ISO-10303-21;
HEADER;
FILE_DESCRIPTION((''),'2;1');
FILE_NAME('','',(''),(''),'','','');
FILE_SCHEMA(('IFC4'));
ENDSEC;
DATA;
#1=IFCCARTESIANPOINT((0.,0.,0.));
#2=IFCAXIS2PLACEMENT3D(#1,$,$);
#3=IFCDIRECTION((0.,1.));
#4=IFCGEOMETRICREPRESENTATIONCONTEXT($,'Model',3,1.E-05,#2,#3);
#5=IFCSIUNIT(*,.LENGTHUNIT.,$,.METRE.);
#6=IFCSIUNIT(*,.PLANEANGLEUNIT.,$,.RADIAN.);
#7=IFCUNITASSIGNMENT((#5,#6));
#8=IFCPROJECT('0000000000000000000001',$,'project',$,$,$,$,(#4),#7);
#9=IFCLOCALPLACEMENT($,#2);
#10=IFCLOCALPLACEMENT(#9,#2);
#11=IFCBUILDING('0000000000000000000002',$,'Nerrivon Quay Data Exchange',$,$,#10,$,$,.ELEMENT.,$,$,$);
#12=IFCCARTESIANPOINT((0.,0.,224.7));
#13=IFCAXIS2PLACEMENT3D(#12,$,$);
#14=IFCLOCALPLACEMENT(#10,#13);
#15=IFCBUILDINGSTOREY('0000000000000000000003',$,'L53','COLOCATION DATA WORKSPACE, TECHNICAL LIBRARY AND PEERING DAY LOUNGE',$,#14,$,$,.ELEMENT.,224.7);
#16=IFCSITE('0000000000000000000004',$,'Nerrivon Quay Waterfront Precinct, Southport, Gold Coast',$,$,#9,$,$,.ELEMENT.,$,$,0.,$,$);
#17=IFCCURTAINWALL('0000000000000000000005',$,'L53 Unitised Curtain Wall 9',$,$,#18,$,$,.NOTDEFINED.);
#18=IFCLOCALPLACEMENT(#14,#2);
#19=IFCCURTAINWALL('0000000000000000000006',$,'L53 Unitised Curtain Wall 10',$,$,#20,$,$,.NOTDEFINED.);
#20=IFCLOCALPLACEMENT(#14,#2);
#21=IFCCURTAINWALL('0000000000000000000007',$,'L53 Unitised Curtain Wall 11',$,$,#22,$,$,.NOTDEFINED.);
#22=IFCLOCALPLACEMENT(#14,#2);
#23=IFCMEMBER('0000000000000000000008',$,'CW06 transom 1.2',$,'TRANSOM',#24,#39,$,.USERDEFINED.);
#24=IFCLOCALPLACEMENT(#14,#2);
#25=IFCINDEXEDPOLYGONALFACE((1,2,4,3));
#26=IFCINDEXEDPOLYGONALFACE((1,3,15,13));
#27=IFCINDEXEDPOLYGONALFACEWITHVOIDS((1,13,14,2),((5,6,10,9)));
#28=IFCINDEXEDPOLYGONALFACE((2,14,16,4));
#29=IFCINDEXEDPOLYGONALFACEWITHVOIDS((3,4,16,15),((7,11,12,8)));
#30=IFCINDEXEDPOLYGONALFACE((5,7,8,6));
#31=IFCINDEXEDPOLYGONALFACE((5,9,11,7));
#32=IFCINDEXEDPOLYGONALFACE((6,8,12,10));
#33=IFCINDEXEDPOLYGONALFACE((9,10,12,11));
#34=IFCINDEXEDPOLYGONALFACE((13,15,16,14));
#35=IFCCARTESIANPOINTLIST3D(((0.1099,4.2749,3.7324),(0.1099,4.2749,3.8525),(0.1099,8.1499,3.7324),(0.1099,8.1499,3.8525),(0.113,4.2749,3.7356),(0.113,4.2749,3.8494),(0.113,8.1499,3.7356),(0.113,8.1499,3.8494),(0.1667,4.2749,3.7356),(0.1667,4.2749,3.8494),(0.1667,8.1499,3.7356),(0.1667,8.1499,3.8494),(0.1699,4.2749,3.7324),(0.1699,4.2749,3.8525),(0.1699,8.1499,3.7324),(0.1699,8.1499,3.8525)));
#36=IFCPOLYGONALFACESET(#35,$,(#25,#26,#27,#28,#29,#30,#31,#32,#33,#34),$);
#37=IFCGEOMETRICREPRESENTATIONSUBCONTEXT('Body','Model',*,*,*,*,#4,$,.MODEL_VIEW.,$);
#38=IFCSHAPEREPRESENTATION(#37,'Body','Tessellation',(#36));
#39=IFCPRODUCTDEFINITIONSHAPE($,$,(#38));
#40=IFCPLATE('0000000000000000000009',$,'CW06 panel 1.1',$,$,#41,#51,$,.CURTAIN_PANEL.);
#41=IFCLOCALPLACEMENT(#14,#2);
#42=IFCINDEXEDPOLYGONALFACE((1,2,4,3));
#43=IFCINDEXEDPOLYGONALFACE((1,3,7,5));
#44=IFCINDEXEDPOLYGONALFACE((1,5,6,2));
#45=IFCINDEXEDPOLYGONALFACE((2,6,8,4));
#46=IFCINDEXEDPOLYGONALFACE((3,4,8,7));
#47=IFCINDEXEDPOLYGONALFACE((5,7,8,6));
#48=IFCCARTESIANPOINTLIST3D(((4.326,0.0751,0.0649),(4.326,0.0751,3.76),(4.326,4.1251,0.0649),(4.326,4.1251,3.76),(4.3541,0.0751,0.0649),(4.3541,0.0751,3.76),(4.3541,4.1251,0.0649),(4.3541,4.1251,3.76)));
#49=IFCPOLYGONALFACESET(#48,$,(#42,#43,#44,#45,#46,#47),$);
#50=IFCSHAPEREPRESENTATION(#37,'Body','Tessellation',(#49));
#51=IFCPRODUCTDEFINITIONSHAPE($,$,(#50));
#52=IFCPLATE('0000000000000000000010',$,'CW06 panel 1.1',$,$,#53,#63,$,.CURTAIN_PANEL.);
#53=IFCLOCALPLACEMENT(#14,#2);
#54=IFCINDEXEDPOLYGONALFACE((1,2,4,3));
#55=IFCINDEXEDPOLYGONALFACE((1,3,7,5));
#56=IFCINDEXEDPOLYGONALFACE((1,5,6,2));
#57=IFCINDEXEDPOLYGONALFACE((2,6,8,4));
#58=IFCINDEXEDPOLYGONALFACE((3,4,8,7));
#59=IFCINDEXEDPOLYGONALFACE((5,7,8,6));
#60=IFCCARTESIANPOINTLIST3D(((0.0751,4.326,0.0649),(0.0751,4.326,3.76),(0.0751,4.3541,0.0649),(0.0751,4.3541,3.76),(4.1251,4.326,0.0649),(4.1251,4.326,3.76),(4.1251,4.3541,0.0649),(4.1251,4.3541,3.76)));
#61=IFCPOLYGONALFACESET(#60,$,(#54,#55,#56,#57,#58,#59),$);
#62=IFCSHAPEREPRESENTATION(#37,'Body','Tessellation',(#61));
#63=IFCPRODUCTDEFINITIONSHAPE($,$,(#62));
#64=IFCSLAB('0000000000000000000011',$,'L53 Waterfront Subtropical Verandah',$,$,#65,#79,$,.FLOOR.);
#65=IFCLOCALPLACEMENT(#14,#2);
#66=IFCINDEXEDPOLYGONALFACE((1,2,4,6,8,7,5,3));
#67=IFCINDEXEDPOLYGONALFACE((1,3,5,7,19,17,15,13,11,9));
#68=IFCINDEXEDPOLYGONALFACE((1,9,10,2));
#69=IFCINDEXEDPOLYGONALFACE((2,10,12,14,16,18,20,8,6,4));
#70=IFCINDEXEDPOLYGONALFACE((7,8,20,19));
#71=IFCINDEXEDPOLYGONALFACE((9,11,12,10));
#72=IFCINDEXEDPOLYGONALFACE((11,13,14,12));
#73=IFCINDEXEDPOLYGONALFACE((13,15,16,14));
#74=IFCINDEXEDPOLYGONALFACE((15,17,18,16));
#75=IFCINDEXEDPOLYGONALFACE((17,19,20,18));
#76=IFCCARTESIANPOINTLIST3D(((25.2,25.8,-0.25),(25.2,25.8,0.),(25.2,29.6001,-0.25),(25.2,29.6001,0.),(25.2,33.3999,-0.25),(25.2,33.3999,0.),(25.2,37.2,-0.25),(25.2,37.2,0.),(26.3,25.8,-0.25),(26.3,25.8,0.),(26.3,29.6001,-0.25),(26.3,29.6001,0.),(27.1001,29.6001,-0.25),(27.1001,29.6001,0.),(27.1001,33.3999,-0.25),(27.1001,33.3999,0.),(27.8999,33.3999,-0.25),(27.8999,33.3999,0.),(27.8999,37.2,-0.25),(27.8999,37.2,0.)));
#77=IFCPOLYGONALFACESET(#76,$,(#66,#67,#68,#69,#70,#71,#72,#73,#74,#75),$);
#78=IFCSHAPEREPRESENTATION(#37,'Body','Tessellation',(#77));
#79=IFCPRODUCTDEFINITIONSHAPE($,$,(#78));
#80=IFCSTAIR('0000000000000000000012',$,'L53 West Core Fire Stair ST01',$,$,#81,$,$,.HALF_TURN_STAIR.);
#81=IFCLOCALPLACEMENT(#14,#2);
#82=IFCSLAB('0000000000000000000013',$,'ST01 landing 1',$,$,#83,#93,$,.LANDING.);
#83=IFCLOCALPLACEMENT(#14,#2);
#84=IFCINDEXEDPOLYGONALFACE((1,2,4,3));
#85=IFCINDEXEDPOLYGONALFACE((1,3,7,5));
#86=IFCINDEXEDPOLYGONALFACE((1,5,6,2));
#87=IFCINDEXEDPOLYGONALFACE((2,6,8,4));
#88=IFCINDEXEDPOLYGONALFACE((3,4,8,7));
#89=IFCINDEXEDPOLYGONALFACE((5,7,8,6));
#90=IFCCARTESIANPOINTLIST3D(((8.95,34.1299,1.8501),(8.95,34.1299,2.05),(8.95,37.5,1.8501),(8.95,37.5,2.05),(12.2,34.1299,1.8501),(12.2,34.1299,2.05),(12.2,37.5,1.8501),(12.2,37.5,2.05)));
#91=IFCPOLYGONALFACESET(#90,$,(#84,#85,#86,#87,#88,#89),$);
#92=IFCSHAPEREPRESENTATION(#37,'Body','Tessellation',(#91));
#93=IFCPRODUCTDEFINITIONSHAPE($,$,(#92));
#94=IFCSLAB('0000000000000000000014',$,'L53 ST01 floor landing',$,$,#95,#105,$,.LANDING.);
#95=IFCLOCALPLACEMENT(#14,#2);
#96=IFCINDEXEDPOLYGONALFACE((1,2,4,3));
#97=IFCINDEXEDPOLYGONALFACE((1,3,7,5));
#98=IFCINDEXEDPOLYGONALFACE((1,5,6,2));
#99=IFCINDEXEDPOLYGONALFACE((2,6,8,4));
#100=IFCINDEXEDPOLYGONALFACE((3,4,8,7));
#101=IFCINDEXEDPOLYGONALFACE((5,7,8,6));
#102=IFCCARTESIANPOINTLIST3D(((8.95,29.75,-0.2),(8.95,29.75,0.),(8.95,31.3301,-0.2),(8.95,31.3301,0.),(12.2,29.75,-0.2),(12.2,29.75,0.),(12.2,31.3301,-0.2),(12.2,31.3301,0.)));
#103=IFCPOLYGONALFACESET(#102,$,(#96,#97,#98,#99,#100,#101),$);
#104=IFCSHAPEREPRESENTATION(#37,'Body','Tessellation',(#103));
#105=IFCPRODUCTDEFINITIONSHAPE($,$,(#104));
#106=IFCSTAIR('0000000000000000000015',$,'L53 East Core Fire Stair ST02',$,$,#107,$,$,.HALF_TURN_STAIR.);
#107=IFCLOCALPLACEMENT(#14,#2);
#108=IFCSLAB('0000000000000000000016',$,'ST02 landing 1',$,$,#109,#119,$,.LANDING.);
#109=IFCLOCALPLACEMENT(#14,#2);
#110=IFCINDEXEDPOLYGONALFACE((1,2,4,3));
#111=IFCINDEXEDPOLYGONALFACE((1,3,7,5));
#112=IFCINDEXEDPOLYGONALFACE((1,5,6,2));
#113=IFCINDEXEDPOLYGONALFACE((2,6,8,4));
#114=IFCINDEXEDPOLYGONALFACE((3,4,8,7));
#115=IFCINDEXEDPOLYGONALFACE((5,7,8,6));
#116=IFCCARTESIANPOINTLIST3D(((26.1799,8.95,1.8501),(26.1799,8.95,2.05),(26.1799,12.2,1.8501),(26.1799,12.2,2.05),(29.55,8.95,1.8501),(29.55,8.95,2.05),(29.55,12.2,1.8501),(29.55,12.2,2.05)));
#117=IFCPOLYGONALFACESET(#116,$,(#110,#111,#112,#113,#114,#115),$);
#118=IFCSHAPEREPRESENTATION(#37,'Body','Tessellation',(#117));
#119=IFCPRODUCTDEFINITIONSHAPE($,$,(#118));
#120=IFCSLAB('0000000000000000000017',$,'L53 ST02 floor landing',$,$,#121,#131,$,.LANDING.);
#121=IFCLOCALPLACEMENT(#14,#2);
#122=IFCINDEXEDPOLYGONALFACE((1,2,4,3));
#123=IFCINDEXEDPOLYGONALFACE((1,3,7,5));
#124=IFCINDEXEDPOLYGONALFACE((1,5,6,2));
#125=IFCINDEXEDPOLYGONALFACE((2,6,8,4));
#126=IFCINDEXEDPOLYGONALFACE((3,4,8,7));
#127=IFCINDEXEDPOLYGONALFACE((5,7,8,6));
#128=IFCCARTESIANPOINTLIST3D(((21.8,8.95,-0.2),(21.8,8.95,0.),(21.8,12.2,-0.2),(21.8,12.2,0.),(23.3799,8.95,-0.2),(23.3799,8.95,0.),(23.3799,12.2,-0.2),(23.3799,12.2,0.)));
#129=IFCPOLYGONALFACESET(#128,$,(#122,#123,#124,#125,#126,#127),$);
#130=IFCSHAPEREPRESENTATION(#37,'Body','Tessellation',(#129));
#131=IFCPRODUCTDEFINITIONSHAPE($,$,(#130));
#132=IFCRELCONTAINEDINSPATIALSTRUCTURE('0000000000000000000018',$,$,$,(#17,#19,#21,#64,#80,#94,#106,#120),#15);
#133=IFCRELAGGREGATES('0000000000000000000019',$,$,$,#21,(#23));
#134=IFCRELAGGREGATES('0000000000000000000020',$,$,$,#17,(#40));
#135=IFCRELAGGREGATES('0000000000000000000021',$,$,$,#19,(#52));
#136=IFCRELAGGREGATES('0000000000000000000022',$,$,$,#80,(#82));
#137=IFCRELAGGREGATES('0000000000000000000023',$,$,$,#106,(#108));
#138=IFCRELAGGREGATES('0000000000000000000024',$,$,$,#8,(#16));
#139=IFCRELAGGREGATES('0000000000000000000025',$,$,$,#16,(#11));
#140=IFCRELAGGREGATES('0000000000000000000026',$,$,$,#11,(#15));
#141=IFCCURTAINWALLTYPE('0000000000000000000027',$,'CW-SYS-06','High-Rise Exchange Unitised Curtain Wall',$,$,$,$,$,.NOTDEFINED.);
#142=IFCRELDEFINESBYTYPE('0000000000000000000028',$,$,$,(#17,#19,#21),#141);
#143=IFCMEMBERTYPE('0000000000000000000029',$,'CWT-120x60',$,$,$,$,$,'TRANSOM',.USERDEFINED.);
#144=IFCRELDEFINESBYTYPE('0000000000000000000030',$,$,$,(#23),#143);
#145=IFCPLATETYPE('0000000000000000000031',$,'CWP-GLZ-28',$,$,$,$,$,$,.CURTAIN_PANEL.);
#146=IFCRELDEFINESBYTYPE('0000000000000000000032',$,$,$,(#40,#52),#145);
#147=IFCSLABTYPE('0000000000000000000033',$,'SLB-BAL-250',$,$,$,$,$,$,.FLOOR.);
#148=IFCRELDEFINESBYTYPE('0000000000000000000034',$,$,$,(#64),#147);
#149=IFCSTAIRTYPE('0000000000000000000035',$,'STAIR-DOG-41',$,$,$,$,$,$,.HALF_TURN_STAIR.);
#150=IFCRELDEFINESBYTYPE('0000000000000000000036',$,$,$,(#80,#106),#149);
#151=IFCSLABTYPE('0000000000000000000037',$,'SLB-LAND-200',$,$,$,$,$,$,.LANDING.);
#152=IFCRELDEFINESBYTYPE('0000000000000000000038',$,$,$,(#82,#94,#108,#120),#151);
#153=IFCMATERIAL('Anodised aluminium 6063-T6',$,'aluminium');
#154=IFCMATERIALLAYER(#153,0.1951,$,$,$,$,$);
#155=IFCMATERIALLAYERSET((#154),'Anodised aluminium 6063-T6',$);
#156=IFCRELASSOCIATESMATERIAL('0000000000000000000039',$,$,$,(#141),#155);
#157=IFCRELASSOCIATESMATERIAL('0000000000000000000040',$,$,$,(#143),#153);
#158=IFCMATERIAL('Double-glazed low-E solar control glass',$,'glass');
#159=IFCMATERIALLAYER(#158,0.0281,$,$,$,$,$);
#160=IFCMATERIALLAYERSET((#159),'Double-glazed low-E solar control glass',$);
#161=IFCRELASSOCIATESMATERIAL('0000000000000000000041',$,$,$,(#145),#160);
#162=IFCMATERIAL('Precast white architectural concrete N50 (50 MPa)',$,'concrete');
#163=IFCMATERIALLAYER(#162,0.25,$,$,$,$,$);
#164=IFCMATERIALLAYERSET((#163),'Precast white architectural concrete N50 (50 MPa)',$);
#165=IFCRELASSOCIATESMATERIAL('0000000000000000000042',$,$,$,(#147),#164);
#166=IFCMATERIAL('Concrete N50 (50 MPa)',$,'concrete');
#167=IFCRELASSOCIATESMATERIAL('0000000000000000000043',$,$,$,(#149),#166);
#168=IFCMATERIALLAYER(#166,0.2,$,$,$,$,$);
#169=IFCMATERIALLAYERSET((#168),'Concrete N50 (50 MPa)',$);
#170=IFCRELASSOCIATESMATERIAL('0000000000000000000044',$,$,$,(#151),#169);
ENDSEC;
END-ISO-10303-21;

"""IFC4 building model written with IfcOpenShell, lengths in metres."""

from ifc_helpers import new_model, si_unit, direction, frame, origin, origin_2d, place, context, subcontext, project, spatial, polyline, rectangle, hollow_rectangle, outline, extrude, material, layer, layer_set, material_profile, profile_set, type_object, element, aggregate, save


model = new_model("IFC4")

# Units and contexts
model_context = context("Model", 3, precision=1e-05, world=origin(), true_north=direction((0.0, 1.0)))
body_context = subcontext(model_context, "Body", "Model", "MODEL_VIEW")
ifc_project = project(units=[si_unit("LENGTHUNIT", "METRE"), si_unit("PLANEANGLEUNIT", "RADIAN")], contexts=[model_context])

# Site, building, storey
site_placement = place(None, origin())
site = spatial("IfcSite", under=ifc_project, at=site_placement, Name="Nerrivon Quay Waterfront Precinct, Southport, Gold Coast", CompositionType="ELEMENT", RefElevation=0.0)
building_placement = place(site_placement, origin())
building = spatial("IfcBuilding", under=site, at=building_placement, Name="Nerrivon Quay Data Exchange", CompositionType="ELEMENT")
storey_placement = place(building_placement, frame((0.0, 0.0, 224.7)))
storey = spatial("IfcBuildingStorey", under=building, at=storey_placement, Name="L53", Description="COLOCATION DATA WORKSPACE, TECHNICAL LIBRARY AND PEERING DAY LOUNGE", CompositionType="ELEMENT", Elevation=224.7)

# Shared definitions
ifc_material_1 = material(Name="Anodised aluminium 6063-T6", Category="aluminium")
ifc_layer_1 = layer(ifc_material_1, 0.1951)
ifc_layer_set_1 = layer_set([ifc_layer_1], Name="Anodised aluminium 6063-T6")
curtain_wall_type = type_object("IfcCurtainWallType", Name="CW-SYS-06", Description="High-Rise Exchange Unitised Curtain Wall", PredefinedType="NOTDEFINED", material=ifc_layer_set_1)

# Curtain walls
curtain_wall_1_placement = place(storey_placement, origin())
curtain_wall_1 = element("IfcCurtainWall", 1, at=curtain_wall_1_placement, inside=storey, type_object=curtain_wall_type, Name="L53 Unitised Curtain Wall 9", PredefinedType="NOTDEFINED")
curtain_wall_2_placement = place(storey_placement, origin())
curtain_wall_2 = element("IfcCurtainWall", 2, at=curtain_wall_2_placement, inside=storey, type_object=curtain_wall_type, Name="L53 Unitised Curtain Wall 10", PredefinedType="NOTDEFINED")

# Curtain wall
curtain_wall_3_placement = place(storey_placement, origin())
curtain_wall_3 = element("IfcCurtainWall", 3, at=curtain_wall_3_placement, inside=storey, type_object=curtain_wall_type, Name="L53 Unitised Curtain Wall 11", PredefinedType="NOTDEFINED")

# Member
ifc_material_profile_1 = material_profile(ifc_material_1, hollow_rectangle(XDim=0.0601, YDim=0.1201, WallThickness=0.0032, at=origin_2d()), Name="ALU-TRAN-120x60")
ifc_profile_set_1 = profile_set([ifc_material_profile_1], Name="Anodised aluminium 6063-T6")
member_type_1 = type_object("IfcMemberType", Name="CWT-120x60", ElementType="TRANSOM", PredefinedType="USERDEFINED", material=ifc_profile_set_1)
member_1_placement = place(storey_placement, frame((0.1399, 4.2749, 3.7925), z_axis=(0.0, 1.0, 0.0), x_axis=(-1.0, 0.0, 0.0)))
member_1 = element("IfcMember", 4, at=member_1_placement, type_object=member_type_1, Name="CW06 transom 1.2", ObjectType="TRANSOM", PredefinedType="USERDEFINED", context=body_context, shape_type="SweptSolid", body=[
    extrude(hollow_rectangle(XDim=0.0601, YDim=0.1201, WallThickness=0.0032, at=origin_2d()), origin(), (0.0, 0.0, 1.0), 3.875),
])
aggregate(curtain_wall_3, [member_1])

# Plates
ifc_material_2 = material(Name="Double-glazed low-E solar control glass", Category="glass")
ifc_layer_2 = layer(ifc_material_2, 0.0281)
ifc_layer_set_2 = layer_set([ifc_layer_2], Name="Double-glazed low-E solar control glass")
plate_type = type_object("IfcPlateType", Name="CWP-GLZ-28", PredefinedType="CURTAIN_PANEL", material=ifc_layer_set_2)
plate_1_placement = place(storey_placement, frame((4.3401, 2.1001, 0.0649), z_axis=(0.0, 0.0, 1.0), x_axis=(0.0, 1.0, 0.0)))
plate_1 = element("IfcPlate", 5, at=plate_1_placement, type_object=plate_type, Name="CW06 panel 1.1", PredefinedType="CURTAIN_PANEL", context=body_context, shape_type="SweptSolid", body=[
    extrude(rectangle(XDim=4.05, YDim=0.0281, at=origin_2d()), origin(), (0.0, 0.0, 1.0), 3.6951),
])
aggregate(curtain_wall_1, [plate_1])
plate_2_placement = place(storey_placement, frame((2.1001, 4.3401, 0.0649), z_axis=(0.0, 0.0, 1.0), x_axis=(-1.0, 0.0, 0.0)))
plate_2 = element("IfcPlate", 6, at=plate_2_placement, type_object=plate_type, Name="CW06 panel 1.1", PredefinedType="CURTAIN_PANEL", context=body_context, shape_type="SweptSolid", body=[
    extrude(rectangle(XDim=4.05, YDim=0.0281, at=origin_2d()), origin(), (0.0, 0.0, 1.0), 3.6951),
])
aggregate(curtain_wall_2, [plate_2])

# Slab
ifc_material_3 = material(Name="Precast white architectural concrete N50 (50 MPa)", Category="concrete")
ifc_layer_3 = layer(ifc_material_3, 0.25)
ifc_layer_set_3 = layer_set([ifc_layer_3], Name="Precast white architectural concrete N50 (50 MPa)")
slab_type_1 = type_object("IfcSlabType", Name="SLB-BAL-250", PredefinedType="FLOOR", material=ifc_layer_set_3)
slab_1_placement = place(storey_placement, frame((0.0, 0.0, -0.25)))
element("IfcSlab", 7, at=slab_1_placement, inside=storey, type_object=slab_type_1, Name="L53 Waterfront Subtropical Verandah", PredefinedType="FLOOR", context=body_context, shape_type="SweptSolid", body=[
    extrude(outline(polyline([(26.3, 29.6001), (27.1001, 29.6001), (27.1001, 33.3999), (27.8999, 33.3999), (27.8999, 37.2), (25.2, 37.2), (25.2, 33.3999), (25.2, 29.6001), (25.2, 25.8), (26.3, 25.8), (26.3, 29.6001)])), origin(), (0.0, 0.0, 1.0), 0.25),
])

# Stair, slab
ifc_material_4 = material(Name="Concrete N50 (50 MPa)", Category="concrete")
stair_type = type_object("IfcStairType", Name="STAIR-DOG-41", PredefinedType="HALF_TURN_STAIR", material=ifc_material_4)
stair_1_placement = place(storey_placement, origin())
stair_1 = element("IfcStair", 8, at=stair_1_placement, inside=storey, type_object=stair_type, Name="L53 West Core Fire Stair ST01", PredefinedType="HALF_TURN_STAIR")
ifc_layer_4 = layer(ifc_material_4, 0.2)
ifc_layer_set_4 = layer_set([ifc_layer_4], Name="Concrete N50 (50 MPa)")
slab_type_2 = type_object("IfcSlabType", Name="SLB-LAND-200", PredefinedType="LANDING", material=ifc_layer_set_4)
slab_2_placement = place(storey_placement, frame((0.0, 0.0, 1.8501)))
slab_2 = element("IfcSlab", 9, at=slab_2_placement, type_object=slab_type_2, Name="ST01 landing 1", PredefinedType="LANDING", context=body_context, shape_type="SweptSolid", body=[
    extrude(outline(polyline([(12.2, 34.1299), (12.2, 37.5), (8.95, 37.5), (8.95, 34.1299), (12.2, 34.1299)])), origin(), (0.0, 0.0, 1.0), 0.2),
])
aggregate(stair_1, [slab_2])

# Slab
slab_3_placement = place(storey_placement, frame((0.0, 0.0, -0.2)))
element("IfcSlab", 10, at=slab_3_placement, inside=storey, type_object=slab_type_2, Name="L53 ST01 floor landing", PredefinedType="LANDING", context=body_context, shape_type="SweptSolid", body=[
    extrude(outline(polyline([(12.2, 29.75), (12.2, 31.3301), (8.95, 31.3301), (8.95, 29.75), (12.2, 29.75)])), origin(), (0.0, 0.0, 1.0), 0.2),
])

# Stair, slab
stair_2_placement = place(storey_placement, origin())
stair_2 = element("IfcStair", 11, at=stair_2_placement, inside=storey, type_object=stair_type, Name="L53 East Core Fire Stair ST02", PredefinedType="HALF_TURN_STAIR")
slab_4_placement = place(storey_placement, frame((0.0, 0.0, 1.8501)))
slab_4 = element("IfcSlab", 12, at=slab_4_placement, type_object=slab_type_2, Name="ST02 landing 1", PredefinedType="LANDING", context=body_context, shape_type="SweptSolid", body=[
    extrude(outline(polyline([(26.1799, 8.95), (29.55, 8.95), (29.55, 12.2), (26.1799, 12.2), (26.1799, 8.95)])), origin(), (0.0, 0.0, 1.0), 0.2),
])
aggregate(stair_2, [slab_4])

# Slab
slab_5_placement = place(storey_placement, frame((0.0, 0.0, -0.2)))
element("IfcSlab", 13, at=slab_5_placement, inside=storey, type_object=slab_type_2, Name="L53 ST02 floor landing", PredefinedType="LANDING", context=body_context, shape_type="SweptSolid", body=[
    extrude(outline(polyline([(21.8, 8.95), (23.3799, 8.95), (23.3799, 12.2), (21.8, 12.2), (21.8, 8.95)])), origin(), (0.0, 0.0, 1.0), 0.2),
])

save(model, "model.ifc")
